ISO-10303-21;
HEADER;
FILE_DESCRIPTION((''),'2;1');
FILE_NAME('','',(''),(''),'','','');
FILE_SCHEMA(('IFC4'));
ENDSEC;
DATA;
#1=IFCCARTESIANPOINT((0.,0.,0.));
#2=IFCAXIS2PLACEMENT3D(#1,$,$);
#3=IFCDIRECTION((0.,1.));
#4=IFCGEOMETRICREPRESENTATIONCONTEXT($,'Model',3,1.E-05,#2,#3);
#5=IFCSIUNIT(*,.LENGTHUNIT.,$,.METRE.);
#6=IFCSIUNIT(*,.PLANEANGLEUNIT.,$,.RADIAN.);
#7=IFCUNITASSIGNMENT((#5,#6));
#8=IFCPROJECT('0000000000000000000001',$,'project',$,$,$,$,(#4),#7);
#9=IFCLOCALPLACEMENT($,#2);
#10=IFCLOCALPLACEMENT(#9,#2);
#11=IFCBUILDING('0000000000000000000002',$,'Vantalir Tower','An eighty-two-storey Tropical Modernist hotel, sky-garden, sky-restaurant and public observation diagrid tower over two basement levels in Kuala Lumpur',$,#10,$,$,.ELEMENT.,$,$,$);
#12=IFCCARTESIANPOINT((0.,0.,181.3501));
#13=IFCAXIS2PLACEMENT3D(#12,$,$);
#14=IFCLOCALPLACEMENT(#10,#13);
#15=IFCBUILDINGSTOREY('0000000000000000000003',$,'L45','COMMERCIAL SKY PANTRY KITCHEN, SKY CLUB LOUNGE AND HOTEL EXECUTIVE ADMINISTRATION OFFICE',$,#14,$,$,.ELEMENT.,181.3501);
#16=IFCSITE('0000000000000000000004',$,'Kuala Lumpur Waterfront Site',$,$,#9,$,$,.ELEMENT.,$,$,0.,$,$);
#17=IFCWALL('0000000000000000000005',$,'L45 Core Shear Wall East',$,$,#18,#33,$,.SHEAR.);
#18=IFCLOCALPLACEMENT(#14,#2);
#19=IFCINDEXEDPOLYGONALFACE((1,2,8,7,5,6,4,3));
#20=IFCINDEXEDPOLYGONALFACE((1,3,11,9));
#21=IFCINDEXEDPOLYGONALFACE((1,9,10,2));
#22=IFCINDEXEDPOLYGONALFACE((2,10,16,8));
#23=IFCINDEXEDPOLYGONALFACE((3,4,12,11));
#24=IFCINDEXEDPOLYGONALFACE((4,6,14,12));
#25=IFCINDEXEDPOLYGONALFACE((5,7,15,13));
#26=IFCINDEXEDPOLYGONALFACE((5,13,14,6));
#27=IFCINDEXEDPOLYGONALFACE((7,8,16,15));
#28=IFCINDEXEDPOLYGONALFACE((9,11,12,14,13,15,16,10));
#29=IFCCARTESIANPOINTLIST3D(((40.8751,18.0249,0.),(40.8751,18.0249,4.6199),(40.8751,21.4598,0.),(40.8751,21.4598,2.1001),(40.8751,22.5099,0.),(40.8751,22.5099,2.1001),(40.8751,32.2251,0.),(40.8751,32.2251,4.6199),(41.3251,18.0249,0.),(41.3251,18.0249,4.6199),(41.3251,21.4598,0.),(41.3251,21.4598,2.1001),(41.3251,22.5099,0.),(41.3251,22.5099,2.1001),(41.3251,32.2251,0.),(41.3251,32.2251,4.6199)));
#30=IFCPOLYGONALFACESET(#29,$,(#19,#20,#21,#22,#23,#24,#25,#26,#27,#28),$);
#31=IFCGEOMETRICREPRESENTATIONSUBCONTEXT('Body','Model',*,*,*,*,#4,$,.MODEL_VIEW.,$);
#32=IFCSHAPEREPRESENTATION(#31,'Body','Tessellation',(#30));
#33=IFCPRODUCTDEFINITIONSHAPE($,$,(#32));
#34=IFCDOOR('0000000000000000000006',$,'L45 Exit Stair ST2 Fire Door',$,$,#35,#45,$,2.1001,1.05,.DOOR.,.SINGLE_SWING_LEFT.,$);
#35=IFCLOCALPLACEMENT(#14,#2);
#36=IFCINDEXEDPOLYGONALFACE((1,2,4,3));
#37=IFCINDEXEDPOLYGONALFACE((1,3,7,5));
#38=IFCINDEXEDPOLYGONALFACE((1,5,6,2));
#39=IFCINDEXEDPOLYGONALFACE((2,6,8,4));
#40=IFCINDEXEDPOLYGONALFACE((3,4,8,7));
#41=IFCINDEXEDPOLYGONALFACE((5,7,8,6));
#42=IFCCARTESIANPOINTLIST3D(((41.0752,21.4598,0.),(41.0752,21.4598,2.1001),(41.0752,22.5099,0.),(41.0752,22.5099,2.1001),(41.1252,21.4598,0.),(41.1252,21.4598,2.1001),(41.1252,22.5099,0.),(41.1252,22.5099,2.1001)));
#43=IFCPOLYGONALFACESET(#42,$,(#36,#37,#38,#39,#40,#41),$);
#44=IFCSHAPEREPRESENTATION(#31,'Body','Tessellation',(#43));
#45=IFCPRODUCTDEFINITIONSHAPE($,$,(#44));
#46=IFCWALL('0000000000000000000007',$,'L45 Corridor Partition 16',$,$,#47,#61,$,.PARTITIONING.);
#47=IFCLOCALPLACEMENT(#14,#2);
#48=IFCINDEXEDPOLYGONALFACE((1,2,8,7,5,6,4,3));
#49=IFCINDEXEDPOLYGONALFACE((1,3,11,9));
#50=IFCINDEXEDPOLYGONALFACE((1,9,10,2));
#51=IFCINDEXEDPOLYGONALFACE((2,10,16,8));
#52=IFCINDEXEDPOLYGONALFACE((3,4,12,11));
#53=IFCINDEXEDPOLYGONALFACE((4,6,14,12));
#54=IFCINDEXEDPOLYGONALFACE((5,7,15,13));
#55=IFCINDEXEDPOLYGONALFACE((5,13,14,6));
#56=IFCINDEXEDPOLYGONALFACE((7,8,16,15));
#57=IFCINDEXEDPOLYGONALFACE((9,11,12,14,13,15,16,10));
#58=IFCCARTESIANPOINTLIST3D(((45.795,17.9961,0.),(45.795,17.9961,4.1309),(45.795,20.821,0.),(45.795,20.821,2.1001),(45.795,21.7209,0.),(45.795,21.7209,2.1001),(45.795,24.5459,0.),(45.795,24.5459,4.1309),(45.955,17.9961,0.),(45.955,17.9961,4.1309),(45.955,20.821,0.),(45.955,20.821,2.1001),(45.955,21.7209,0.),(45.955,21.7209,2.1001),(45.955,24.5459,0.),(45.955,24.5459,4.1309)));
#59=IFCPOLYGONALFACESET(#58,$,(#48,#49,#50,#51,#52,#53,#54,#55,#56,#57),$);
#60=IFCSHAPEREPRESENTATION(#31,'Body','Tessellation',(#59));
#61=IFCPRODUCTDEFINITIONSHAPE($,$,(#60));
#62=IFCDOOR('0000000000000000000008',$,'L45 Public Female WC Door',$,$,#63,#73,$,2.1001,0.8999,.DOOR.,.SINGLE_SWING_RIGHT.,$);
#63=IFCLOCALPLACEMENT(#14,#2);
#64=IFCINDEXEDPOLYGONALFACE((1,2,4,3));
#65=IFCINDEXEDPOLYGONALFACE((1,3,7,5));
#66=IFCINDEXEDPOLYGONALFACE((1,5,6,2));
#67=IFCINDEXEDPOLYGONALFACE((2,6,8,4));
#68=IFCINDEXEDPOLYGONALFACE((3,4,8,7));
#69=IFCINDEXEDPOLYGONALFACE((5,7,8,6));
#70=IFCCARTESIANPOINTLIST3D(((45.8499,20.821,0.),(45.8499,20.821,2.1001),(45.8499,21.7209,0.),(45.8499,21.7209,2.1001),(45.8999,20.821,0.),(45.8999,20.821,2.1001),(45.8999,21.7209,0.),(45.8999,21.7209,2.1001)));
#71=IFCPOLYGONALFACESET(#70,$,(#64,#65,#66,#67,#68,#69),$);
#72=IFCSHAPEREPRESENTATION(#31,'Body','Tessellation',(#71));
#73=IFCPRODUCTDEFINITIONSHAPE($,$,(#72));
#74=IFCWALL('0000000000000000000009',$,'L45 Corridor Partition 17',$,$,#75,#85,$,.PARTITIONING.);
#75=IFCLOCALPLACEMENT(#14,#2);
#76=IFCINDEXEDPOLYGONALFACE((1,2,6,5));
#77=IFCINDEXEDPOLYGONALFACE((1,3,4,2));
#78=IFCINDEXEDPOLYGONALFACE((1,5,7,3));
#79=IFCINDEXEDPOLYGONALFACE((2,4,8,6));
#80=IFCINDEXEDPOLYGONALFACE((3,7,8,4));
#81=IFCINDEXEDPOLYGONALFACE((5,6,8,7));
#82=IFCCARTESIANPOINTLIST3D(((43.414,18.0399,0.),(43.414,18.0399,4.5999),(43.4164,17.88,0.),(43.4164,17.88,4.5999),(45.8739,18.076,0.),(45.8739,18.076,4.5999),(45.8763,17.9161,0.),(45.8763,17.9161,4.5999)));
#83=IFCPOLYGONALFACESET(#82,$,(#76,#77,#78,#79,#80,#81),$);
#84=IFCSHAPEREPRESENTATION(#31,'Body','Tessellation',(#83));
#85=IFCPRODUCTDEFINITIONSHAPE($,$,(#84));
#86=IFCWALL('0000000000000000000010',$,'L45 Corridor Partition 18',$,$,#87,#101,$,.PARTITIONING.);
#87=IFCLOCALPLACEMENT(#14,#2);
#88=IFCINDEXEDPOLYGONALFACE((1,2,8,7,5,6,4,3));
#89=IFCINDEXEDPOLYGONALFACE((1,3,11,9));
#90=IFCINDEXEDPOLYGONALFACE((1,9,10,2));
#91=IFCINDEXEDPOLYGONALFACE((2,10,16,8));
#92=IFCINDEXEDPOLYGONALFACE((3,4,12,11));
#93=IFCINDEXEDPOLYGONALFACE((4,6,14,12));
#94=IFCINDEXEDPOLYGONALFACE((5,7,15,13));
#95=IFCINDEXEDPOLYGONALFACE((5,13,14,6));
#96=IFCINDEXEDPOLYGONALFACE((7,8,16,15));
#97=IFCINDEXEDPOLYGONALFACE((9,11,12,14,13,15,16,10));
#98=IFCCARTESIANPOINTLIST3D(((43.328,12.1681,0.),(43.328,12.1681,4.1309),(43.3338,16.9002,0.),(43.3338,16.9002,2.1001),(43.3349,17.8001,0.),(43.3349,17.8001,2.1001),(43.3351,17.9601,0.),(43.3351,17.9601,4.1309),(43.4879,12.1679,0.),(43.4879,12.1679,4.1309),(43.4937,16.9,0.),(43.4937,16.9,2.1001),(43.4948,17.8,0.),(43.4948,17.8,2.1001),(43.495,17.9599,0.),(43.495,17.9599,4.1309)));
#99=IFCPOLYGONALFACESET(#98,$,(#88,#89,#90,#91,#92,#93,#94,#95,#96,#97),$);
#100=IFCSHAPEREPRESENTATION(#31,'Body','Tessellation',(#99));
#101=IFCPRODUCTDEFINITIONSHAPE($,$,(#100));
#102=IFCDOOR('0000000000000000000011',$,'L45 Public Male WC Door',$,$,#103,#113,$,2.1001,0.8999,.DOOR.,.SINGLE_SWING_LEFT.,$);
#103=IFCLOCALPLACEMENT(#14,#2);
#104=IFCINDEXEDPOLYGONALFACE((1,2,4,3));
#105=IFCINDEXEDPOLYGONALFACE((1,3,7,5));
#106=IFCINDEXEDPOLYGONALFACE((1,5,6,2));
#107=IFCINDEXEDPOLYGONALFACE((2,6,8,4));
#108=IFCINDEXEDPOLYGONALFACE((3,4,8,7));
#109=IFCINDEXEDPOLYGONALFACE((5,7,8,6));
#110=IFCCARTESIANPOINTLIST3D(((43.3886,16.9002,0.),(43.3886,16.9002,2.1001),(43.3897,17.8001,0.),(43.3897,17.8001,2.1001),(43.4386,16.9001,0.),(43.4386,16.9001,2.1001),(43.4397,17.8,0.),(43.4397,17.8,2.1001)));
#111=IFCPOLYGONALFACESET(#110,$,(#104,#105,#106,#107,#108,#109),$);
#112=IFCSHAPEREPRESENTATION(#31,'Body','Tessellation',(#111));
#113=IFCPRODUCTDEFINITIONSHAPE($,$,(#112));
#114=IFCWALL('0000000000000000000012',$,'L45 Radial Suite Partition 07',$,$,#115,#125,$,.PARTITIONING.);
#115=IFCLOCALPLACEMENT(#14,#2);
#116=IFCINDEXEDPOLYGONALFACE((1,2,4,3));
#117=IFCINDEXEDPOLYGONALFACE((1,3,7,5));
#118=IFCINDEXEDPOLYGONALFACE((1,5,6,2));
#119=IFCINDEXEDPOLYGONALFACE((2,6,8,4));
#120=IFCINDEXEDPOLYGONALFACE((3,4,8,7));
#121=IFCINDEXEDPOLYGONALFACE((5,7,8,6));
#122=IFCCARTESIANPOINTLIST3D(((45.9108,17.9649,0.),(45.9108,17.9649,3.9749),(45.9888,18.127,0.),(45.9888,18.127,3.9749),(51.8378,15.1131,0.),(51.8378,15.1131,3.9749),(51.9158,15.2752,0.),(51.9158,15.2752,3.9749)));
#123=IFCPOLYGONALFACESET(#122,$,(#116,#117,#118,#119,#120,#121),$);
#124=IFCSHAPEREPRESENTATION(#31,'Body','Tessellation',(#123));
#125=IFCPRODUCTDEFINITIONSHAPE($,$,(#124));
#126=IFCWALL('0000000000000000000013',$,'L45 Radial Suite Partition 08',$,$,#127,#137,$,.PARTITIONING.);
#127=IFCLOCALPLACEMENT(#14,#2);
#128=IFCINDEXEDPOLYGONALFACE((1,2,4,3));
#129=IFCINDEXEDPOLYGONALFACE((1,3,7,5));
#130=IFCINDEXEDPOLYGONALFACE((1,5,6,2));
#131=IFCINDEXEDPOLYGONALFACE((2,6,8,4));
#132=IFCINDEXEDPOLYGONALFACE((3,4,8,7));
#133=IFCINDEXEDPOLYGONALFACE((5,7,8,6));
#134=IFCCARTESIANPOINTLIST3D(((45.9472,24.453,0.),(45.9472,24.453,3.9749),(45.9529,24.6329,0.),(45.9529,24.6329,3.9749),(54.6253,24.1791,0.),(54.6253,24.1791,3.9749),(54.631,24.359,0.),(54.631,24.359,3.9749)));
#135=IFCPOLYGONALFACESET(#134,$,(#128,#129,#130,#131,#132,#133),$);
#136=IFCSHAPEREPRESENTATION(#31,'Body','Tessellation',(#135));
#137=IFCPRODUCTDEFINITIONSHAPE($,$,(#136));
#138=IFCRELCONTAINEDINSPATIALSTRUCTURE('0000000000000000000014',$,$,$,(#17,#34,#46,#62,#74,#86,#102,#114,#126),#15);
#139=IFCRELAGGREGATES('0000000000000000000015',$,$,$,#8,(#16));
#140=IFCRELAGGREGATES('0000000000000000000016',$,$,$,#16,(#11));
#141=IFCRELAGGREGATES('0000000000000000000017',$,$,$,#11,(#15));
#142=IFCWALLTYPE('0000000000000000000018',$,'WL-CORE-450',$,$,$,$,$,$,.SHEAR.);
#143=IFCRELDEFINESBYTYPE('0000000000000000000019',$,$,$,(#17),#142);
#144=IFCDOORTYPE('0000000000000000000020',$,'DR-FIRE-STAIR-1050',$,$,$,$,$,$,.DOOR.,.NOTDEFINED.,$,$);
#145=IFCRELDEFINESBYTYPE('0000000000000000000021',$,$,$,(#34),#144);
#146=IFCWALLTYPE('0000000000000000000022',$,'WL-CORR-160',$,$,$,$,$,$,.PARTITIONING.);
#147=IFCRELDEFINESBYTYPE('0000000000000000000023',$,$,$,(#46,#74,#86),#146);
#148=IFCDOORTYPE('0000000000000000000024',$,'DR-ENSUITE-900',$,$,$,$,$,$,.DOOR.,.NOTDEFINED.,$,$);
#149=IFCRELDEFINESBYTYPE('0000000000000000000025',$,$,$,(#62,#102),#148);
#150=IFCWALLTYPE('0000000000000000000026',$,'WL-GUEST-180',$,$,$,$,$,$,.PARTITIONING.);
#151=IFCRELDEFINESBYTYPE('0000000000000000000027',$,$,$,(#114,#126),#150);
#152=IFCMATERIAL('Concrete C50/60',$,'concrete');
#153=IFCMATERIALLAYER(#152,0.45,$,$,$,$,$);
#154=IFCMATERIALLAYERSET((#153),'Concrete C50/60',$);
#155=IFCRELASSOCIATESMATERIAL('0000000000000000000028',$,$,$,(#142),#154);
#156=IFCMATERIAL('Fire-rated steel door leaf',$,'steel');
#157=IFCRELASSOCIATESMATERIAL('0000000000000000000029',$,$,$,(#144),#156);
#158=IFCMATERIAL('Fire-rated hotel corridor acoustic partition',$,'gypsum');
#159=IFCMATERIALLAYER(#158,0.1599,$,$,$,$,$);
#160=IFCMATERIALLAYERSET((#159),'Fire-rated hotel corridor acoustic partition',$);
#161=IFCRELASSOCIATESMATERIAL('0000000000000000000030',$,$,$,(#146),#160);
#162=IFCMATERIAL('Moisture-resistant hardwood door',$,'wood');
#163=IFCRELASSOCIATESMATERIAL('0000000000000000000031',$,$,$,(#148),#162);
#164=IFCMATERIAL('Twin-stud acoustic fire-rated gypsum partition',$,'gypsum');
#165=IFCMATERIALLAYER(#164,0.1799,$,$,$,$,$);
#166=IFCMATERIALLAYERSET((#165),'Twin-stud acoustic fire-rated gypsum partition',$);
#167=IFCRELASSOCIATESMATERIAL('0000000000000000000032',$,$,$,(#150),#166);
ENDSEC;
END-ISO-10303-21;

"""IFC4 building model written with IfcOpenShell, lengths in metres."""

from ifc_helpers import new_model, si_unit, direction, frame, frame_2d, origin, place, context, subcontext, project, spatial, rectangle, extrude, material, layer, layer_set, type_object, element, fill, save


model = new_model("IFC4")

# Units and contexts
model_context = context("Model", 3, precision=1e-05, world=origin(), true_north=direction((0.0, 1.0)))
body_context = subcontext(model_context, "Body", "Model", "MODEL_VIEW")
ifc_project = project(units=[si_unit("LENGTHUNIT", "METRE"), si_unit("PLANEANGLEUNIT", "RADIAN")], contexts=[model_context])

# Site, building, storey
site_placement = place(None, origin())
site = spatial("IfcSite", under=ifc_project, at=site_placement, Name="Kuala Lumpur Waterfront Site", CompositionType="ELEMENT", RefElevation=0.0)
building_placement = place(site_placement, origin())
building = spatial("IfcBuilding", under=site, at=building_placement, Name="Vantalir Tower", Description="An eighty-two-storey Tropical Modernist hotel, sky-garden, sky-restaurant and public observation diagrid tower over two basement levels in Kuala Lumpur", CompositionType="ELEMENT")
storey_placement = place(building_placement, frame((0.0, 0.0, 181.3501)))
storey = spatial("IfcBuildingStorey", under=building, at=storey_placement, Name="L45", Description="COMMERCIAL SKY PANTRY KITCHEN, SKY CLUB LOUNGE AND HOTEL EXECUTIVE ADMINISTRATION OFFICE", CompositionType="ELEMENT", Elevation=181.3501)

# Shared definitions
ifc_material_1 = material(Name="Concrete C50/60", Category="concrete")

# Walls, openings, doors
ifc_layer_1 = layer(ifc_material_1, 0.45)
ifc_layer_set_1 = layer_set([ifc_layer_1], Name="Concrete C50/60")
wall_type_1 = type_object("IfcWallType", Name="WL-CORE-450", PredefinedType="SHEAR", material=ifc_layer_set_1)
wall_1_placement = place(storey_placement, frame((41.1001, 18.0249, 0.0), z_axis=(0.0, 0.0, 1.0), x_axis=(0.0, 1.0, 0.0)))
wall_1 = element("IfcWall", 1, at=wall_1_placement, inside=storey, type_object=wall_type_1, Name="L45 Core Shear Wall East", PredefinedType="SHEAR", context=body_context, shape_type="SweptSolid", body=[
    extrude(rectangle(XDim=14.2002, YDim=0.45, at=frame_2d((7.1001, 0.0))), origin(), (0.0, 0.0, 1.0), 4.6199),
])
opening_1_placement = place(wall_1_placement, frame((3.4351, 0.0, 0.0)))
opening_1 = element("IfcOpeningElement", 2, at=opening_1_placement, cuts=wall_1, PredefinedType="OPENING", context=body_context, shape_type="SweptSolid", body=[
    extrude(rectangle(XDim=1.05, YDim=2.1001, at=frame_2d((0.5249, 1.05))), frame((0.0, 0.2349, 0.0), z_axis=(0.0, -1.0, 0.0), x_axis=(1.0, 0.0, 0.0)), (0.0, 0.0, 1.0), 0.47),
])
ifc_material_2 = material(Name="Fire-rated steel door leaf", Category="steel")
door_type_1 = type_object("IfcDoorType", Name="DR-FIRE-STAIR-1050", OperationType="NOTDEFINED", PredefinedType="DOOR", material=ifc_material_2)
door_1_placement = place(opening_1_placement, origin())
door_1 = element("IfcDoor", 3, at=door_1_placement, inside=storey, type_object=door_type_1, Name="L45 Exit Stair ST2 Fire Door", OperationType="SINGLE_SWING_LEFT", OverallHeight=2.1001, OverallWidth=1.05, PredefinedType="DOOR", context=body_context, shape_type="SweptSolid", body=[
    extrude(rectangle(XDim=1.05, YDim=2.1001, at=frame_2d((0.5249, 1.05))), frame((0.0, 0.0249, 0.0), z_axis=(0.0, -1.0, 0.0), x_axis=(1.0, 0.0, 0.0)), (0.0, 0.0, 1.0), 0.05),
])
fill(opening_1, door_1)
ifc_material_3 = material(Name="Fire-rated hotel corridor acoustic partition", Category="gypsum")
ifc_layer_2 = layer(ifc_material_3, 0.1599)
ifc_layer_set_2 = layer_set([ifc_layer_2], Name="Fire-rated hotel corridor acoustic partition")
wall_type_2 = type_object("IfcWallType", Name="WL-CORR-160", PredefinedType="PARTITIONING", material=ifc_layer_set_2)
wall_2_placement = place(storey_placement, frame((45.875, 24.5459, 0.0), z_axis=(0.0, 0.0, 1.0), x_axis=(0.0, -1.0, 0.0)))
wall_2 = element("IfcWall", 4, at=wall_2_placement, inside=storey, type_object=wall_type_2, Name="L45 Corridor Partition 16", PredefinedType="PARTITIONING", context=body_context, shape_type="SweptSolid", body=[
    extrude(rectangle(XDim=6.5498, YDim=0.1599, at=frame_2d((3.2749, 0.0))), origin(), (0.0, 0.0, 1.0), 4.1309),
])
opening_2_placement = place(wall_2_placement, frame((2.825, 0.0, 0.0)))
opening_2 = element("IfcOpeningElement", 5, at=opening_2_placement, cuts=wall_2, PredefinedType="OPENING", context=body_context, shape_type="SweptSolid", body=[
    extrude(rectangle(XDim=0.8999, YDim=2.1001, at=frame_2d((0.45, 1.05))), frame((0.0, 0.0898, 0.0), z_axis=(0.0, -1.0, 0.0), x_axis=(1.0, 0.0, 0.0)), (0.0, 0.0, 1.0), 0.1799),
])
ifc_material_4 = material(Name="Moisture-resistant hardwood door", Category="wood")
door_type_2 = type_object("IfcDoorType", Name="DR-ENSUITE-900", OperationType="NOTDEFINED", PredefinedType="DOOR", material=ifc_material_4)
door_2_placement = place(opening_2_placement, origin())
door_2 = element("IfcDoor", 6, at=door_2_placement, inside=storey, type_object=door_type_2, Name="L45 Public Female WC Door", OperationType="SINGLE_SWING_RIGHT", OverallHeight=2.1001, OverallWidth=0.8999, PredefinedType="DOOR", context=body_context, shape_type="SweptSolid", body=[
    extrude(rectangle(XDim=0.8999, YDim=2.1001, at=frame_2d((0.45, 1.05))), frame((0.0, 0.0249, 0.0), z_axis=(0.0, -1.0, 0.0), x_axis=(1.0, 0.0, 0.0)), (0.0, 0.0, 1.0), 0.05),
])
fill(opening_2, door_2)

# Wall
wall_3_placement = place(storey_placement, frame((45.875, 17.9961, 0.0), z_axis=(0.0, 0.0, 1.0), x_axis=(-0.999892, -0.014687, 0.0)))
element("IfcWall", 7, at=wall_3_placement, inside=storey, type_object=wall_type_2, Name="L45 Corridor Partition 17", PredefinedType="PARTITIONING", context=body_context, shape_type="SweptSolid", body=[
    extrude(rectangle(XDim=2.4602, YDim=0.1599, at=frame_2d((1.23, 0.0))), origin(), (0.0, 0.0, 1.0), 4.5999),
])

# Wall, opening, door
wall_4_placement = place(storey_placement, frame((43.415, 17.96, 0.0), z_axis=(0.0, 0.0, 1.0), x_axis=(-0.001222, -0.999999, 0.0)))
wall_4 = element("IfcWall", 8, at=wall_4_placement, inside=storey, type_object=wall_type_2, Name="L45 Corridor Partition 18", PredefinedType="PARTITIONING", context=body_context, shape_type="SweptSolid", body=[
    extrude(rectangle(XDim=5.792, YDim=0.1599, at=frame_2d((2.896, 0.0))), origin(), (0.0, 0.0, 1.0), 4.1309),
])
opening_3_placement = place(wall_4_placement, frame((0.1599, 0.0, 0.0)))
opening_3 = element("IfcOpeningElement", 9, at=opening_3_placement, cuts=wall_4, PredefinedType="OPENING", context=body_context, shape_type="SweptSolid", body=[
    extrude(rectangle(XDim=0.8999, YDim=2.1001, at=frame_2d((0.45, 1.05))), frame((0.0, 0.0898, 0.0), z_axis=(0.0, -1.0, 0.0), x_axis=(1.0, 0.0, 0.0)), (0.0, 0.0, 1.0), 0.1799),
])
door_3_placement = place(opening_3_placement, origin())
door_3 = element("IfcDoor", 10, at=door_3_placement, inside=storey, type_object=door_type_2, Name="L45 Public Male WC Door", OperationType="SINGLE_SWING_LEFT", OverallHeight=2.1001, OverallWidth=0.8999, PredefinedType="DOOR", context=body_context, shape_type="SweptSolid", body=[
    extrude(rectangle(XDim=0.8999, YDim=2.1001, at=frame_2d((0.45, 1.05))), frame((0.0, 0.0249, 0.0), z_axis=(0.0, -1.0, 0.0), x_axis=(1.0, 0.0, 0.0)), (0.0, 0.0, 1.0), 0.05),
])
fill(opening_3, door_3)

# Walls
ifc_material_5 = material(Name="Twin-stud acoustic fire-rated gypsum partition", Category="gypsum")
ifc_layer_3 = layer(ifc_material_5, 0.1799)
ifc_layer_set_3 = layer_set([ifc_layer_3], Name="Twin-stud acoustic fire-rated gypsum partition")
wall_type_3 = type_object("IfcWallType", Name="WL-GUEST-180", PredefinedType="PARTITIONING", material=ifc_layer_set_3)
wall_5_placement = place(storey_placement, frame((45.95, 18.0459, 0.0), z_axis=(0.0, 0.0, 1.0), x_axis=(0.901117, -0.433577, 0.0)))
element("IfcWall", 11, at=wall_5_placement, inside=storey, type_object=wall_type_3, Name="L45 Radial Suite Partition 07", PredefinedType="PARTITIONING", context=body_context, shape_type="SweptSolid", body=[
    extrude(rectangle(XDim=6.5774, YDim=0.1799, at=frame_2d((3.2886, 0.0))), origin(), (0.0, 0.0, 1.0), 3.9749),
])
wall_6_placement = place(storey_placement, frame((45.95, 24.543, 0.0), z_axis=(0.0, 0.0, 1.0), x_axis=(0.999502, -0.03155, 0.0)))
element("IfcWall", 12, at=wall_6_placement, inside=storey, type_object=wall_type_3, Name="L45 Radial Suite Partition 08", PredefinedType="PARTITIONING", context=body_context, shape_type="SweptSolid", body=[
    extrude(rectangle(XDim=8.6824, YDim=0.1799, at=frame_2d((4.3413, 0.0))), origin(), (0.0, 0.0, 1.0), 3.9749),
])

save(model, "model.ifc")
